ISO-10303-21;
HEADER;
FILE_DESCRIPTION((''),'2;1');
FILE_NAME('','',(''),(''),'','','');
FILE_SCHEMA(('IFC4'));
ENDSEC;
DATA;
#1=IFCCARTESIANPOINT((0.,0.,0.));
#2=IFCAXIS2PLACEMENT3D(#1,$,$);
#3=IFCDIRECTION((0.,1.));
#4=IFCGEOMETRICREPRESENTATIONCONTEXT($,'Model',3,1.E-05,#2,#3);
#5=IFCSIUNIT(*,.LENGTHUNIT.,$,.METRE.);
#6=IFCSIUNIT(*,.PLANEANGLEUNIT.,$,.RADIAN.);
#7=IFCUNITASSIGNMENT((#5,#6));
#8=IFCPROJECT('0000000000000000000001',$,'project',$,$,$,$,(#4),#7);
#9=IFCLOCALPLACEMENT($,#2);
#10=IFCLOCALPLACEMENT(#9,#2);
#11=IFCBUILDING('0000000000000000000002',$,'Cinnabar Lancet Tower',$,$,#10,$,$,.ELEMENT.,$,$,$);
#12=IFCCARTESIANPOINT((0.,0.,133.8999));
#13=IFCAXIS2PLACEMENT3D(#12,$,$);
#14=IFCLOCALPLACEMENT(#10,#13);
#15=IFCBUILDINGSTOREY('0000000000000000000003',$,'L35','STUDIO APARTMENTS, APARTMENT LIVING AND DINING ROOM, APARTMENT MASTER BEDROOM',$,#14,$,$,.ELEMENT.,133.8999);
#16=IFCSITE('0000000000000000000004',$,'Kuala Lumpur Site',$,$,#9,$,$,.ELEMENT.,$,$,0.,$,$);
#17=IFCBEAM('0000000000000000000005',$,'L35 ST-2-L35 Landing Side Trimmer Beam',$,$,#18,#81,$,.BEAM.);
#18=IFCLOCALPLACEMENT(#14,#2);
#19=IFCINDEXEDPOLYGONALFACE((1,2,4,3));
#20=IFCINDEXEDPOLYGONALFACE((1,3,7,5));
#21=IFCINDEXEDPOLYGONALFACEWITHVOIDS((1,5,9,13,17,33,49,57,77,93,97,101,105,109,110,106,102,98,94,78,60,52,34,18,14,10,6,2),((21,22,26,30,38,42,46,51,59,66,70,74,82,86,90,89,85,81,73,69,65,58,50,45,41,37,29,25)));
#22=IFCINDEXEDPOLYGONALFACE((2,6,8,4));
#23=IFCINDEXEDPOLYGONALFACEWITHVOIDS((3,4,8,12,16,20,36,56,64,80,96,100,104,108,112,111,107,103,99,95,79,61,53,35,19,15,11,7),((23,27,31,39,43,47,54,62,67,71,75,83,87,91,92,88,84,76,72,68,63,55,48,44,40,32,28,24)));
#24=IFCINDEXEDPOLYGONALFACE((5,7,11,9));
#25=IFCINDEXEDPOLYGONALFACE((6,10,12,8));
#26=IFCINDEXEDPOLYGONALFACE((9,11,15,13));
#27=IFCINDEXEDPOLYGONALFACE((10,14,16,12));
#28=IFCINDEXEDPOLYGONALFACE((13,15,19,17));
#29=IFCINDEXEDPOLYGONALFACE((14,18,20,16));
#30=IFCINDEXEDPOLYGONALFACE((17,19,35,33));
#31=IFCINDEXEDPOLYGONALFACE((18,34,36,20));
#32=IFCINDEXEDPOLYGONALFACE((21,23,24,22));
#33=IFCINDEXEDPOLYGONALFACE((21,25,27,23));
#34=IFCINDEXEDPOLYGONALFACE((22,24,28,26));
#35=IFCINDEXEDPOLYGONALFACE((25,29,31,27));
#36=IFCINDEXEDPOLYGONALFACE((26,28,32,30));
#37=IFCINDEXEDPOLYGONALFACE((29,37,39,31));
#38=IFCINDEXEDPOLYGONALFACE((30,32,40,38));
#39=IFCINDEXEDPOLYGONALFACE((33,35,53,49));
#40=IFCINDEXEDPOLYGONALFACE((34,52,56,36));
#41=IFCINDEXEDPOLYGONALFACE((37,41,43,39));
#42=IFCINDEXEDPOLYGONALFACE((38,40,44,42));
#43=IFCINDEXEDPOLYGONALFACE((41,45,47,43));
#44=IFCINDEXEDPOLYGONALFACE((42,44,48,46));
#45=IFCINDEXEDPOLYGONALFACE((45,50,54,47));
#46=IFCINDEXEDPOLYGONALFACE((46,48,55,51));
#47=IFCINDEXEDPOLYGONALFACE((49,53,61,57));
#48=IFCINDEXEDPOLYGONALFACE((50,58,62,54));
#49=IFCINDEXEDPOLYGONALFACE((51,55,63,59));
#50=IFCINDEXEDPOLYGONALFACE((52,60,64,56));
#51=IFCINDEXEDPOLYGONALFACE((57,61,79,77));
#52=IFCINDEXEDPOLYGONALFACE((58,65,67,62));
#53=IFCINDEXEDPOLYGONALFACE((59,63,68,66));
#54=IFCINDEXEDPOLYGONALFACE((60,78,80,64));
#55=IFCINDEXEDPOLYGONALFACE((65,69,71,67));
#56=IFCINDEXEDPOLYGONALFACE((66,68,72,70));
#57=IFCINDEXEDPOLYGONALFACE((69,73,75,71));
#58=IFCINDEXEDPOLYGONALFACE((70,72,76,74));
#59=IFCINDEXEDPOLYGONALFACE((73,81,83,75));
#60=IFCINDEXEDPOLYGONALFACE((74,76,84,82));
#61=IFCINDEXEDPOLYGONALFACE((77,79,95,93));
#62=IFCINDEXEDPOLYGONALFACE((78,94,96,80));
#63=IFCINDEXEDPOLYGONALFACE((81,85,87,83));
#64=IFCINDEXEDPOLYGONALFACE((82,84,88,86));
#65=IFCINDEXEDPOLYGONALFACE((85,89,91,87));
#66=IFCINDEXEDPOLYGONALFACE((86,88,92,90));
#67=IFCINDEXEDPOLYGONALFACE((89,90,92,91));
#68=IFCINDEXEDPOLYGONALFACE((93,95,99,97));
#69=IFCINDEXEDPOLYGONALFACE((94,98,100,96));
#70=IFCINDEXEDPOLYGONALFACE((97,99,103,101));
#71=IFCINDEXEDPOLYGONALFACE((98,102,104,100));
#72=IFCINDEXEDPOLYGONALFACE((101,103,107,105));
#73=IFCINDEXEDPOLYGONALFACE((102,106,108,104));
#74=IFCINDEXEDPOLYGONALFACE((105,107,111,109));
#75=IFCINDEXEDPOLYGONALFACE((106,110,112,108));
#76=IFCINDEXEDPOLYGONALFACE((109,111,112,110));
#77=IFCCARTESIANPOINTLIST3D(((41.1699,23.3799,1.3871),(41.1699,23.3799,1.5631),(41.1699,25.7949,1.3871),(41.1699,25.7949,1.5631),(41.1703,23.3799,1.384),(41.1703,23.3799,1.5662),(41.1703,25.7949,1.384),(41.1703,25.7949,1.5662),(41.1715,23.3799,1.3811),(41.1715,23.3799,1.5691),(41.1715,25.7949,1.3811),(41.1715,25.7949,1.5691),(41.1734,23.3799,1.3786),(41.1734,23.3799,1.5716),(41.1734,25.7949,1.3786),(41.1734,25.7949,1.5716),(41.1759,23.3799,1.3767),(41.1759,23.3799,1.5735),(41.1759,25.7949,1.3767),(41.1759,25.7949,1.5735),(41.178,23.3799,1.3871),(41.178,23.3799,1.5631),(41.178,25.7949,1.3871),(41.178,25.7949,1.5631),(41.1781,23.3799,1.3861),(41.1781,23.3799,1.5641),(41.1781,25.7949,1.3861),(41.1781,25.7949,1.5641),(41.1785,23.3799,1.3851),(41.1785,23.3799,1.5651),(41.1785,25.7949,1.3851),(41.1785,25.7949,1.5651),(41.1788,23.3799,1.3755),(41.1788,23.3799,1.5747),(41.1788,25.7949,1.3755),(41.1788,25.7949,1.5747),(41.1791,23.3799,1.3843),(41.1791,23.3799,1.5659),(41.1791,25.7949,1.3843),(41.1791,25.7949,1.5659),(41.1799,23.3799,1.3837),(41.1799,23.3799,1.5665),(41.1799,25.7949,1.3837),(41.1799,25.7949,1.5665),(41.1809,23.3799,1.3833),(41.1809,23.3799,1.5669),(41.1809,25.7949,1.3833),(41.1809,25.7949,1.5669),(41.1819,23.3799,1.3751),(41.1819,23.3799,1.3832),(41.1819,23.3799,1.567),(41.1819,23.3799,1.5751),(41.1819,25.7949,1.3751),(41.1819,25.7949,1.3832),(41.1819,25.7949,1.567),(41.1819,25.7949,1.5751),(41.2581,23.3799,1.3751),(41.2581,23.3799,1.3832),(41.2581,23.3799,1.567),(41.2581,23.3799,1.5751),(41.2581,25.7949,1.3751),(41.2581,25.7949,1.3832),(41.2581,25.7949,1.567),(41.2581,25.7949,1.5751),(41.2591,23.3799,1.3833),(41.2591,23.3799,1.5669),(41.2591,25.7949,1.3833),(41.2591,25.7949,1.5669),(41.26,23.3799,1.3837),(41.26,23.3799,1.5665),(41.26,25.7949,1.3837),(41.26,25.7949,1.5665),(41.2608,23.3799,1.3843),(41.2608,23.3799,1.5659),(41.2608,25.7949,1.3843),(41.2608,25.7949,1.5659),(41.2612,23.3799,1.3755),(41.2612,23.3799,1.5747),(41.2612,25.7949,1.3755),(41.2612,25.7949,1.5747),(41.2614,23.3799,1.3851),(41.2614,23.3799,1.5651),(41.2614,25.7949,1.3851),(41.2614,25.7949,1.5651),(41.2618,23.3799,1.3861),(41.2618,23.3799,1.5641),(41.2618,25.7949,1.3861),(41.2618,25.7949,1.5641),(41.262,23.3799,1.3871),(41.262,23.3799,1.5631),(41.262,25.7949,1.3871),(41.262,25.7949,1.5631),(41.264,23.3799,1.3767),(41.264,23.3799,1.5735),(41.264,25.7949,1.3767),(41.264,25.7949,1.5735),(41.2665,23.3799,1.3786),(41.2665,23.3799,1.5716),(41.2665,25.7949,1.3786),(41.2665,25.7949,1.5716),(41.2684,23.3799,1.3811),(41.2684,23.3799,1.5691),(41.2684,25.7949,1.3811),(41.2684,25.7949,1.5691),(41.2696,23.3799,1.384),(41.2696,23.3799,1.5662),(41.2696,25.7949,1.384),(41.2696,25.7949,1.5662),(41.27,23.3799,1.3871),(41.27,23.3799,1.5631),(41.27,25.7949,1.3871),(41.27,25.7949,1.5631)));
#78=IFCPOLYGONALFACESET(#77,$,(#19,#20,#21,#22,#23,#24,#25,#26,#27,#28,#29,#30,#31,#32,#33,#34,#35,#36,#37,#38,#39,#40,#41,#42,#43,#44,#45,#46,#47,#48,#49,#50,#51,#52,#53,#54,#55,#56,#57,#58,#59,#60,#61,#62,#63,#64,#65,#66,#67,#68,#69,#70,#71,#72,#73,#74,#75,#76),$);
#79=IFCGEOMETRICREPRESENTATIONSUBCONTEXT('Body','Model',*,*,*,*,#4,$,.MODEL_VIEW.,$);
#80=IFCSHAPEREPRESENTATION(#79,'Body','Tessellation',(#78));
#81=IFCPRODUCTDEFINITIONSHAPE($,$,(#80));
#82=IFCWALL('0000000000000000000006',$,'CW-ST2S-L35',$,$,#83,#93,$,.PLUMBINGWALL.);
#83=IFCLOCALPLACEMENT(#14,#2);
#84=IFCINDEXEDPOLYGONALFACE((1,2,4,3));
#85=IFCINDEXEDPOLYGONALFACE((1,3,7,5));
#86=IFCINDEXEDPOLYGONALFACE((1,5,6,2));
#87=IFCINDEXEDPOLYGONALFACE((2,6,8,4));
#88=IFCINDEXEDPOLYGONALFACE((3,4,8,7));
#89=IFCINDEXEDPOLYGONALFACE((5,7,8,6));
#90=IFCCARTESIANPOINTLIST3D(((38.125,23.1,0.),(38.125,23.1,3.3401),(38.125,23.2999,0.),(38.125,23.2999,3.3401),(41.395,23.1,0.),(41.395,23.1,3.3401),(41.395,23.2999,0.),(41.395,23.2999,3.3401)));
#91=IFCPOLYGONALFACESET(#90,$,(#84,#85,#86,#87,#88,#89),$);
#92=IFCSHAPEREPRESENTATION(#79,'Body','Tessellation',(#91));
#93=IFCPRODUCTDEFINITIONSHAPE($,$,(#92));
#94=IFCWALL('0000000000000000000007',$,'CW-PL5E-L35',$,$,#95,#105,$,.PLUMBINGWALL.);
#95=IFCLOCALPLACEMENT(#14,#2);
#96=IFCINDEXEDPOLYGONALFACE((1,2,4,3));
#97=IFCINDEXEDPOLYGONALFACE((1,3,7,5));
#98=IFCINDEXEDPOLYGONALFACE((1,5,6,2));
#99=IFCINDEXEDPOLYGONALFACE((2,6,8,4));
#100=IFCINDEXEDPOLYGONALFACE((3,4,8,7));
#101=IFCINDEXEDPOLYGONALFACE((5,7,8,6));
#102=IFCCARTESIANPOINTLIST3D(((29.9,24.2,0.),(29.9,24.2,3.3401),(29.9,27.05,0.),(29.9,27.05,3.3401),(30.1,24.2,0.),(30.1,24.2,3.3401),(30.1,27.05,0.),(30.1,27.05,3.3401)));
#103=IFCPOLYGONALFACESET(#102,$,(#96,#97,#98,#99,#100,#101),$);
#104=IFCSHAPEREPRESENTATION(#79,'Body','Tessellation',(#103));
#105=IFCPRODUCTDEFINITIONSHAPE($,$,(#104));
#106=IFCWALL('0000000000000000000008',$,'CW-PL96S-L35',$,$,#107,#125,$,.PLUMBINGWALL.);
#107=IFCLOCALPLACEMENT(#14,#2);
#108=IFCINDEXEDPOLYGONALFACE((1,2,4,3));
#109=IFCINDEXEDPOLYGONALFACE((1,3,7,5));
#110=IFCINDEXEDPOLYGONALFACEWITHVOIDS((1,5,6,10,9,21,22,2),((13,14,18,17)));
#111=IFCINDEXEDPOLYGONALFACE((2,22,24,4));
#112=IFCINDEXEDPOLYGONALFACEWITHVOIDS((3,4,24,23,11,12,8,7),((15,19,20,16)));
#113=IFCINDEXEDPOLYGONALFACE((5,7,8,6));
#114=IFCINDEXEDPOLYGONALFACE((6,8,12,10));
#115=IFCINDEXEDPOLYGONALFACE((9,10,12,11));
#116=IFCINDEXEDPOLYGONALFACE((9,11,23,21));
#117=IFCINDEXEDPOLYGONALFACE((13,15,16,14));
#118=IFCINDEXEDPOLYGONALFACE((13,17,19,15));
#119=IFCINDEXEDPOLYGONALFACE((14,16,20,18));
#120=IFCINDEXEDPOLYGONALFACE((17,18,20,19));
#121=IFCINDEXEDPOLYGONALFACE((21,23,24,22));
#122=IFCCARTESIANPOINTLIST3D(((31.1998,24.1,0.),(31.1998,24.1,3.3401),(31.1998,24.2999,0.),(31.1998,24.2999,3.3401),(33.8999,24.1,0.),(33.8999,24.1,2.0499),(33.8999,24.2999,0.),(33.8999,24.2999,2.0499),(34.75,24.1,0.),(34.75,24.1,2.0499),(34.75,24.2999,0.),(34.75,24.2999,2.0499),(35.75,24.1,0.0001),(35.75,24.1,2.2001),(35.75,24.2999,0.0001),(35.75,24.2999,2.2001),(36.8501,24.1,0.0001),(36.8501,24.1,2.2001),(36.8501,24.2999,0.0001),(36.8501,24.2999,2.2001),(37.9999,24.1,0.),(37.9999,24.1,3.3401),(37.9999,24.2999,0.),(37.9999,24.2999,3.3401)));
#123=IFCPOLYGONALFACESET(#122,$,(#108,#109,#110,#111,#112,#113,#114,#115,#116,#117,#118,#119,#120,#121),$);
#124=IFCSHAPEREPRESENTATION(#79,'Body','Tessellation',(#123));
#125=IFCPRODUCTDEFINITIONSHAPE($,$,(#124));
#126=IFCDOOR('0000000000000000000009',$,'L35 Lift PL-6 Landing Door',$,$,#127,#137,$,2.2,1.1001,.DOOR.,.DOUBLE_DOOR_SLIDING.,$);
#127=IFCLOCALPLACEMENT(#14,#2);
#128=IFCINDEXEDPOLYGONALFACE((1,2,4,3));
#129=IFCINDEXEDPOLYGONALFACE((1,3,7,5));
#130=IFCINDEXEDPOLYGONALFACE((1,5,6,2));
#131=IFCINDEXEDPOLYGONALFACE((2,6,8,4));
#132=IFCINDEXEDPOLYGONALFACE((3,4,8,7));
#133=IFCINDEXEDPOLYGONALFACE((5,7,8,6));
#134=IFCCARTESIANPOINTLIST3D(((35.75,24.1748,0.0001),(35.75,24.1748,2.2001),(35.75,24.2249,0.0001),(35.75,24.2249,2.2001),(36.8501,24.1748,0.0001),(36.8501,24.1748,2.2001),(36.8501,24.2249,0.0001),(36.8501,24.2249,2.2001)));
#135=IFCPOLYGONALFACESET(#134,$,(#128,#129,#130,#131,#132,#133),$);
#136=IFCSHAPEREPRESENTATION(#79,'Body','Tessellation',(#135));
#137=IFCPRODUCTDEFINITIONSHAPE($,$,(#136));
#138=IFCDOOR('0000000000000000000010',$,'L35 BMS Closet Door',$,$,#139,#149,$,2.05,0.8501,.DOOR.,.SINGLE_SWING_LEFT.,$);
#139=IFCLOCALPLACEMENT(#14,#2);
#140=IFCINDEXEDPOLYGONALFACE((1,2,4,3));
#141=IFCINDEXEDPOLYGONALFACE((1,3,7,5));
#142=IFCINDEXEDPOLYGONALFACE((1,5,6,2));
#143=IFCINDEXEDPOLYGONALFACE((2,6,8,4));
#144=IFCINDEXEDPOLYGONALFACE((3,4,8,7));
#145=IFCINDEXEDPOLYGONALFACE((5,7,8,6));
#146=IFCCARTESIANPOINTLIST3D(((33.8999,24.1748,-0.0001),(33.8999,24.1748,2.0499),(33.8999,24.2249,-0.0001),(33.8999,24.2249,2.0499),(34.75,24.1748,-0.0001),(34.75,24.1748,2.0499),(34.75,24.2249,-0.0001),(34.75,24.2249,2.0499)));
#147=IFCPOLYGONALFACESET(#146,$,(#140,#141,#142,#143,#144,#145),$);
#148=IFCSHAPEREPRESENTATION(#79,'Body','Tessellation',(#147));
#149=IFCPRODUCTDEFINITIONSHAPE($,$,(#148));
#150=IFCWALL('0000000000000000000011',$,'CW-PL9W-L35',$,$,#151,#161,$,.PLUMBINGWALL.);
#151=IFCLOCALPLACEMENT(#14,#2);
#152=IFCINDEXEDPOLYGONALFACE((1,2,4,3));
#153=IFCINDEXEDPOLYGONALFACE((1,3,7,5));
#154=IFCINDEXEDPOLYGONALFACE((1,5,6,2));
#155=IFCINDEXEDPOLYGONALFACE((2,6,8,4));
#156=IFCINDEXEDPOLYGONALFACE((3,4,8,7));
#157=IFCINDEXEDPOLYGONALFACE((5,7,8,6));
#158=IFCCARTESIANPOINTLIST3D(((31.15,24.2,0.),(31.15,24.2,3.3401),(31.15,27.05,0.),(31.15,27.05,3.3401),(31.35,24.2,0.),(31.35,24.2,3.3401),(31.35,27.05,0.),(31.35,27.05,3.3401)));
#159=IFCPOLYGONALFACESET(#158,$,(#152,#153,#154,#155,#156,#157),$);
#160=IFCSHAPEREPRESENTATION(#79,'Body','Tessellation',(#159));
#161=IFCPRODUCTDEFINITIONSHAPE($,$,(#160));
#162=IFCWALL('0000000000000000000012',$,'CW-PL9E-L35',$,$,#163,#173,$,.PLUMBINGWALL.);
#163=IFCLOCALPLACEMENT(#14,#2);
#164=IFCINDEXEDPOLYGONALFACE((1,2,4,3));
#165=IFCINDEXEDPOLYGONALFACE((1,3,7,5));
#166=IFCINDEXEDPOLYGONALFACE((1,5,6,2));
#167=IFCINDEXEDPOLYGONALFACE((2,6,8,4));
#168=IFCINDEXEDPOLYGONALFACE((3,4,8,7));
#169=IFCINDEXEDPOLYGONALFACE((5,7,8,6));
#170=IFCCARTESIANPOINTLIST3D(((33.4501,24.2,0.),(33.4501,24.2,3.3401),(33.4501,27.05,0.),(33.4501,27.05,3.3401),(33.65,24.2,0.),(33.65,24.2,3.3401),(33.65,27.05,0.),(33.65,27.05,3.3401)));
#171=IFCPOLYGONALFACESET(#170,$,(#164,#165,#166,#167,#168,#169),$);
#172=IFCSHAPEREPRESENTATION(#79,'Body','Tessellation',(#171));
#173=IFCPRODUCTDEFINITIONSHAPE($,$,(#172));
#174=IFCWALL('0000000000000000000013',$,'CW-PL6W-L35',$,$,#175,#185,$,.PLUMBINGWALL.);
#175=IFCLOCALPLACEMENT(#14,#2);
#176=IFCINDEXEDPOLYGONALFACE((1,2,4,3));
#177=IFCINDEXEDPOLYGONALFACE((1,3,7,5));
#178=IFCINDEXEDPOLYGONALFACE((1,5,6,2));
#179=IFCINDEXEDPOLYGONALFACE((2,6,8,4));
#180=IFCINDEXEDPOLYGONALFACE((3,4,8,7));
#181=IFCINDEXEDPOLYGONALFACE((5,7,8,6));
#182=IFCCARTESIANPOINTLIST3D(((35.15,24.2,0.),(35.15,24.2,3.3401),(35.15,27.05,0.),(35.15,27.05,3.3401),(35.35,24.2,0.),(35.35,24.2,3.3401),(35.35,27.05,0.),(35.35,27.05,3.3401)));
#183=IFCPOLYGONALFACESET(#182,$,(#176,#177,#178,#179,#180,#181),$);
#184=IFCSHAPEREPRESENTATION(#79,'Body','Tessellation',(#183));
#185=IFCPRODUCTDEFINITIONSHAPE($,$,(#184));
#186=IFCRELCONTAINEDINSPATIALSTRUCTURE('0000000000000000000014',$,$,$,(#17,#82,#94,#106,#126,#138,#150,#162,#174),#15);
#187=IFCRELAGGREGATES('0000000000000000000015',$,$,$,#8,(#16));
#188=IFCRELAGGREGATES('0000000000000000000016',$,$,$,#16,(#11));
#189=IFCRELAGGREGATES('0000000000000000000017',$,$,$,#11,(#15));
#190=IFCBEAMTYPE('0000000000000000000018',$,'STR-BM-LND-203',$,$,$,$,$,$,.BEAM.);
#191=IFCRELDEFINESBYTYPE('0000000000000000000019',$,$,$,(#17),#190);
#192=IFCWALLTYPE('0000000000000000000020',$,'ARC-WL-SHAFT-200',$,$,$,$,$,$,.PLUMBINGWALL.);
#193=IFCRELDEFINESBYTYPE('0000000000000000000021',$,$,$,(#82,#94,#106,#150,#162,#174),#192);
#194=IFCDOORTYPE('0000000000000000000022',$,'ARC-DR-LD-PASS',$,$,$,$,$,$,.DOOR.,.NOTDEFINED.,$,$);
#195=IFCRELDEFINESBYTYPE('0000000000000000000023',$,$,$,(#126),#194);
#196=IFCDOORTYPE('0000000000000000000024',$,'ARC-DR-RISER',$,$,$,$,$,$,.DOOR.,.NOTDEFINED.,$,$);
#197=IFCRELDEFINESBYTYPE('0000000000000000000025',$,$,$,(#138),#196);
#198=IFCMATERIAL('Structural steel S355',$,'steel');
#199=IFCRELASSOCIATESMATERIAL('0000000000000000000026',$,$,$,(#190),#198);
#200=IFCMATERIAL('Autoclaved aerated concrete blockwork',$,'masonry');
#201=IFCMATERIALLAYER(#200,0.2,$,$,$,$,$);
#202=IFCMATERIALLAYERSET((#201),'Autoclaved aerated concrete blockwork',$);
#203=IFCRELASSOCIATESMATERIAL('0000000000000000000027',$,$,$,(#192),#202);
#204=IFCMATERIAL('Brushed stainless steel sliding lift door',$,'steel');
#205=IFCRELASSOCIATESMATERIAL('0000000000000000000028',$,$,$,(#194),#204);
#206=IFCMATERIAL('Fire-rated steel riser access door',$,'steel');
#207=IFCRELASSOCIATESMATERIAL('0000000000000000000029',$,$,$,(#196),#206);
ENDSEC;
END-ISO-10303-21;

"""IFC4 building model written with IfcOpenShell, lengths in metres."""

from ifc_helpers import new_model, si_unit, direction, frame, frame_2d, origin, origin_2d, place, context, subcontext, project, spatial, rectangle, hollow_rectangle, extrude, material, layer, layer_set, material_profile, profile_set, type_object, element, fill, save


model = new_model("IFC4")

# Units and contexts
model_context = context("Model", 3, precision=1e-05, world=origin(), true_north=direction((0.0, 1.0)))
body_context = subcontext(model_context, "Body", "Model", "MODEL_VIEW")
ifc_project = project(units=[si_unit("LENGTHUNIT", "METRE"), si_unit("PLANEANGLEUNIT", "RADIAN")], contexts=[model_context])

# Site, building, storey
site_placement = place(None, origin())
site = spatial("IfcSite", under=ifc_project, at=site_placement, Name="Kuala Lumpur Site", CompositionType="ELEMENT", RefElevation=0.0)
building_placement = place(site_placement, origin())
building = spatial("IfcBuilding", under=site, at=building_placement, Name="Cinnabar Lancet Tower", CompositionType="ELEMENT")
storey_placement = place(building_placement, frame((0.0, 0.0, 133.8999)))
storey = spatial("IfcBuildingStorey", under=building, at=storey_placement, Name="L35", Description="STUDIO APARTMENTS, APARTMENT LIVING AND DINING ROOM, APARTMENT MASTER BEDROOM", CompositionType="ELEMENT", Elevation=133.8999)

# Beam
ifc_material_1 = material(Name="Structural steel S355", Category="steel")
ifc_material_profile_1 = material_profile(ifc_material_1, hollow_rectangle(XDim=0.1001, YDim=0.2, WallThickness=0.0081, InnerFilletRadius=0.0039, OuterFilletRadius=0.012, at=origin_2d()), Name="RHS 200x100x8")
ifc_profile_set_1 = profile_set([ifc_material_profile_1], Name="Structural steel S355")
beam_type = type_object("IfcBeamType", Name="STR-BM-LND-203", PredefinedType="BEAM", material=ifc_profile_set_1)
beam_placement = place(storey_placement, frame((41.22, 23.3799, 1.4751), z_axis=(0.0, 1.0, 0.0), x_axis=(-1.0, 0.0, 0.0)))
element("IfcBeam", 1, at=beam_placement, inside=storey, type_object=beam_type, Name="L35 ST-2-L35 Landing Side Trimmer Beam", PredefinedType="BEAM", context=body_context, shape_type="SweptSolid", body=[
    extrude(hollow_rectangle(XDim=0.1001, YDim=0.2, WallThickness=0.0081, InnerFilletRadius=0.0039, OuterFilletRadius=0.012, at=origin_2d()), origin(), (0.0, 0.0, 1.0), 2.415),
])

# Walls
ifc_material_2 = material(Name="Autoclaved aerated concrete blockwork", Category="masonry")
ifc_layer_1 = layer(ifc_material_2, 0.2)
ifc_layer_set_1 = layer_set([ifc_layer_1], Name="Autoclaved aerated concrete blockwork")
wall_type_1 = type_object("IfcWallType", Name="ARC-WL-SHAFT-200", PredefinedType="PLUMBINGWALL", material=ifc_layer_set_1)
wall_1_placement = place(storey_placement, frame((38.125, 23.2, 0.0), z_axis=(0.0, 0.0, 1.0), x_axis=(1.0, 0.0, 0.0)))
element("IfcWall", 2, at=wall_1_placement, inside=storey, type_object=wall_type_1, Name="CW-ST2S-L35", PredefinedType="PLUMBINGWALL", context=body_context, shape_type="SweptSolid", body=[
    extrude(rectangle(XDim=3.27, YDim=0.2, at=frame_2d((1.635, 0.0))), origin(), (0.0, 0.0, 1.0), 3.3401),
])
wall_2_placement = place(storey_placement, frame((30.0, 24.2, 0.0), z_axis=(0.0, 0.0, 1.0), x_axis=(0.0, 1.0, 0.0)))
element("IfcWall", 3, at=wall_2_placement, inside=storey, type_object=wall_type_1, Name="CW-PL5E-L35", PredefinedType="PLUMBINGWALL", context=body_context, shape_type="SweptSolid", body=[
    extrude(rectangle(XDim=2.8501, YDim=0.2, at=frame_2d((1.425, 0.0))), origin(), (0.0, 0.0, 1.0), 3.3401),
])

# Wall, openings, doors
wall_3_placement = place(storey_placement, frame((31.2, 24.2, 0.0), z_axis=(0.0, 0.0, 1.0), x_axis=(1.0, 0.0, 0.0)))
wall_3 = element("IfcWall", 4, at=wall_3_placement, inside=storey, type_object=wall_type_1, Name="CW-PL96S-L35", PredefinedType="PLUMBINGWALL", context=body_context, shape_type="SweptSolid", body=[
    extrude(rectangle(XDim=6.8, YDim=0.2, at=frame_2d((3.3999, 0.0))), origin(), (0.0, 0.0, 1.0), 3.3401),
])
opening_1_placement = place(wall_3_placement, frame((2.7, 0.0, 0.0)))
opening_1 = element("IfcOpeningElement", 5, at=opening_1_placement, cuts=wall_3, PredefinedType="OPENING", context=body_context, shape_type="SweptSolid", body=[
    extrude(rectangle(XDim=0.8501, YDim=2.05, at=frame_2d((0.425, 1.0249))), frame((0.0, 0.1099, 0.0), z_axis=(0.0, -1.0, 0.0), x_axis=(1.0, 0.0, 0.0)), (0.0, 0.0, 1.0), 0.22),
])
opening_2_placement = place(wall_3_placement, frame((4.55, 0.0, 0.0)))
opening_2 = element("IfcOpeningElement", 6, at=opening_2_placement, cuts=wall_3, PredefinedType="OPENING", context=body_context, shape_type="SweptSolid", body=[
    extrude(rectangle(XDim=1.1001, YDim=2.2, at=frame_2d((0.55, 1.1001))), frame((0.0, 0.1099, 0.0), z_axis=(0.0, -1.0, 0.0), x_axis=(1.0, 0.0, 0.0)), (0.0, 0.0, 1.0), 0.22),
])
ifc_material_3 = material(Name="Brushed stainless steel sliding lift door", Category="steel")
door_type_1 = type_object("IfcDoorType", Name="ARC-DR-LD-PASS", OperationType="NOTDEFINED", PredefinedType="DOOR", material=ifc_material_3)
door_1_placement = place(opening_2_placement, origin())
door_1 = element("IfcDoor", 7, at=door_1_placement, inside=storey, type_object=door_type_1, Name="L35 Lift PL-6 Landing Door", OperationType="DOUBLE_DOOR_SLIDING", OverallHeight=2.2, OverallWidth=1.1001, PredefinedType="DOOR", context=body_context, shape_type="SweptSolid", body=[
    extrude(rectangle(XDim=1.1001, YDim=2.2, at=frame_2d((0.55, 1.1001))), frame((0.0, 0.0249, 0.0), z_axis=(0.0, -1.0, 0.0), x_axis=(1.0, 0.0, 0.0)), (0.0, 0.0, 1.0), 0.05),
])
fill(opening_2, door_1)
ifc_material_4 = material(Name="Fire-rated steel riser access door", Category="steel")
door_type_2 = type_object("IfcDoorType", Name="ARC-DR-RISER", OperationType="NOTDEFINED", PredefinedType="DOOR", material=ifc_material_4)
door_2_placement = place(opening_1_placement, origin())
door_2 = element("IfcDoor", 8, at=door_2_placement, inside=storey, type_object=door_type_2, Name="L35 BMS Closet Door", OperationType="SINGLE_SWING_LEFT", OverallHeight=2.05, OverallWidth=0.8501, PredefinedType="DOOR", context=body_context, shape_type="SweptSolid", body=[
    extrude(rectangle(XDim=0.8501, YDim=2.05, at=frame_2d((0.425, 1.0249))), frame((0.0, 0.0249, 0.0), z_axis=(0.0, -1.0, 0.0), x_axis=(1.0, 0.0, 0.0)), (0.0, 0.0, 1.0), 0.05),
])
fill(opening_1, door_2)

# Walls
for number, where, z_axis, x_axis, name in (
    (9, (31.25, 24.2, 0.0), (0.0, 0.0, 1.0), (0.0, 1.0, 0.0), "CW-PL9W-L35"),
    (10, (33.55, 24.2, 0.0), (0.0, 0.0, 1.0), (0.0, 1.0, 0.0), "CW-PL9E-L35"),
    (11, (35.25, 24.2, 0.0), (0.0, 0.0, 1.0), (0.0, 1.0, 0.0), "CW-PL6W-L35"),
):
    element("IfcWall", number, at=place(storey_placement, frame(where, z_axis=z_axis, x_axis=x_axis)), inside=storey, type_object=wall_type_1, Name=name, PredefinedType="PLUMBINGWALL", context=body_context, shape_type="SweptSolid", body=[
        extrude(rectangle(XDim=2.8501, YDim=0.2, at=frame_2d((1.425, 0.0))), origin(), (0.0, 0.0, 1.0), 3.3401),
    ])

save(model, "model.ifc")
